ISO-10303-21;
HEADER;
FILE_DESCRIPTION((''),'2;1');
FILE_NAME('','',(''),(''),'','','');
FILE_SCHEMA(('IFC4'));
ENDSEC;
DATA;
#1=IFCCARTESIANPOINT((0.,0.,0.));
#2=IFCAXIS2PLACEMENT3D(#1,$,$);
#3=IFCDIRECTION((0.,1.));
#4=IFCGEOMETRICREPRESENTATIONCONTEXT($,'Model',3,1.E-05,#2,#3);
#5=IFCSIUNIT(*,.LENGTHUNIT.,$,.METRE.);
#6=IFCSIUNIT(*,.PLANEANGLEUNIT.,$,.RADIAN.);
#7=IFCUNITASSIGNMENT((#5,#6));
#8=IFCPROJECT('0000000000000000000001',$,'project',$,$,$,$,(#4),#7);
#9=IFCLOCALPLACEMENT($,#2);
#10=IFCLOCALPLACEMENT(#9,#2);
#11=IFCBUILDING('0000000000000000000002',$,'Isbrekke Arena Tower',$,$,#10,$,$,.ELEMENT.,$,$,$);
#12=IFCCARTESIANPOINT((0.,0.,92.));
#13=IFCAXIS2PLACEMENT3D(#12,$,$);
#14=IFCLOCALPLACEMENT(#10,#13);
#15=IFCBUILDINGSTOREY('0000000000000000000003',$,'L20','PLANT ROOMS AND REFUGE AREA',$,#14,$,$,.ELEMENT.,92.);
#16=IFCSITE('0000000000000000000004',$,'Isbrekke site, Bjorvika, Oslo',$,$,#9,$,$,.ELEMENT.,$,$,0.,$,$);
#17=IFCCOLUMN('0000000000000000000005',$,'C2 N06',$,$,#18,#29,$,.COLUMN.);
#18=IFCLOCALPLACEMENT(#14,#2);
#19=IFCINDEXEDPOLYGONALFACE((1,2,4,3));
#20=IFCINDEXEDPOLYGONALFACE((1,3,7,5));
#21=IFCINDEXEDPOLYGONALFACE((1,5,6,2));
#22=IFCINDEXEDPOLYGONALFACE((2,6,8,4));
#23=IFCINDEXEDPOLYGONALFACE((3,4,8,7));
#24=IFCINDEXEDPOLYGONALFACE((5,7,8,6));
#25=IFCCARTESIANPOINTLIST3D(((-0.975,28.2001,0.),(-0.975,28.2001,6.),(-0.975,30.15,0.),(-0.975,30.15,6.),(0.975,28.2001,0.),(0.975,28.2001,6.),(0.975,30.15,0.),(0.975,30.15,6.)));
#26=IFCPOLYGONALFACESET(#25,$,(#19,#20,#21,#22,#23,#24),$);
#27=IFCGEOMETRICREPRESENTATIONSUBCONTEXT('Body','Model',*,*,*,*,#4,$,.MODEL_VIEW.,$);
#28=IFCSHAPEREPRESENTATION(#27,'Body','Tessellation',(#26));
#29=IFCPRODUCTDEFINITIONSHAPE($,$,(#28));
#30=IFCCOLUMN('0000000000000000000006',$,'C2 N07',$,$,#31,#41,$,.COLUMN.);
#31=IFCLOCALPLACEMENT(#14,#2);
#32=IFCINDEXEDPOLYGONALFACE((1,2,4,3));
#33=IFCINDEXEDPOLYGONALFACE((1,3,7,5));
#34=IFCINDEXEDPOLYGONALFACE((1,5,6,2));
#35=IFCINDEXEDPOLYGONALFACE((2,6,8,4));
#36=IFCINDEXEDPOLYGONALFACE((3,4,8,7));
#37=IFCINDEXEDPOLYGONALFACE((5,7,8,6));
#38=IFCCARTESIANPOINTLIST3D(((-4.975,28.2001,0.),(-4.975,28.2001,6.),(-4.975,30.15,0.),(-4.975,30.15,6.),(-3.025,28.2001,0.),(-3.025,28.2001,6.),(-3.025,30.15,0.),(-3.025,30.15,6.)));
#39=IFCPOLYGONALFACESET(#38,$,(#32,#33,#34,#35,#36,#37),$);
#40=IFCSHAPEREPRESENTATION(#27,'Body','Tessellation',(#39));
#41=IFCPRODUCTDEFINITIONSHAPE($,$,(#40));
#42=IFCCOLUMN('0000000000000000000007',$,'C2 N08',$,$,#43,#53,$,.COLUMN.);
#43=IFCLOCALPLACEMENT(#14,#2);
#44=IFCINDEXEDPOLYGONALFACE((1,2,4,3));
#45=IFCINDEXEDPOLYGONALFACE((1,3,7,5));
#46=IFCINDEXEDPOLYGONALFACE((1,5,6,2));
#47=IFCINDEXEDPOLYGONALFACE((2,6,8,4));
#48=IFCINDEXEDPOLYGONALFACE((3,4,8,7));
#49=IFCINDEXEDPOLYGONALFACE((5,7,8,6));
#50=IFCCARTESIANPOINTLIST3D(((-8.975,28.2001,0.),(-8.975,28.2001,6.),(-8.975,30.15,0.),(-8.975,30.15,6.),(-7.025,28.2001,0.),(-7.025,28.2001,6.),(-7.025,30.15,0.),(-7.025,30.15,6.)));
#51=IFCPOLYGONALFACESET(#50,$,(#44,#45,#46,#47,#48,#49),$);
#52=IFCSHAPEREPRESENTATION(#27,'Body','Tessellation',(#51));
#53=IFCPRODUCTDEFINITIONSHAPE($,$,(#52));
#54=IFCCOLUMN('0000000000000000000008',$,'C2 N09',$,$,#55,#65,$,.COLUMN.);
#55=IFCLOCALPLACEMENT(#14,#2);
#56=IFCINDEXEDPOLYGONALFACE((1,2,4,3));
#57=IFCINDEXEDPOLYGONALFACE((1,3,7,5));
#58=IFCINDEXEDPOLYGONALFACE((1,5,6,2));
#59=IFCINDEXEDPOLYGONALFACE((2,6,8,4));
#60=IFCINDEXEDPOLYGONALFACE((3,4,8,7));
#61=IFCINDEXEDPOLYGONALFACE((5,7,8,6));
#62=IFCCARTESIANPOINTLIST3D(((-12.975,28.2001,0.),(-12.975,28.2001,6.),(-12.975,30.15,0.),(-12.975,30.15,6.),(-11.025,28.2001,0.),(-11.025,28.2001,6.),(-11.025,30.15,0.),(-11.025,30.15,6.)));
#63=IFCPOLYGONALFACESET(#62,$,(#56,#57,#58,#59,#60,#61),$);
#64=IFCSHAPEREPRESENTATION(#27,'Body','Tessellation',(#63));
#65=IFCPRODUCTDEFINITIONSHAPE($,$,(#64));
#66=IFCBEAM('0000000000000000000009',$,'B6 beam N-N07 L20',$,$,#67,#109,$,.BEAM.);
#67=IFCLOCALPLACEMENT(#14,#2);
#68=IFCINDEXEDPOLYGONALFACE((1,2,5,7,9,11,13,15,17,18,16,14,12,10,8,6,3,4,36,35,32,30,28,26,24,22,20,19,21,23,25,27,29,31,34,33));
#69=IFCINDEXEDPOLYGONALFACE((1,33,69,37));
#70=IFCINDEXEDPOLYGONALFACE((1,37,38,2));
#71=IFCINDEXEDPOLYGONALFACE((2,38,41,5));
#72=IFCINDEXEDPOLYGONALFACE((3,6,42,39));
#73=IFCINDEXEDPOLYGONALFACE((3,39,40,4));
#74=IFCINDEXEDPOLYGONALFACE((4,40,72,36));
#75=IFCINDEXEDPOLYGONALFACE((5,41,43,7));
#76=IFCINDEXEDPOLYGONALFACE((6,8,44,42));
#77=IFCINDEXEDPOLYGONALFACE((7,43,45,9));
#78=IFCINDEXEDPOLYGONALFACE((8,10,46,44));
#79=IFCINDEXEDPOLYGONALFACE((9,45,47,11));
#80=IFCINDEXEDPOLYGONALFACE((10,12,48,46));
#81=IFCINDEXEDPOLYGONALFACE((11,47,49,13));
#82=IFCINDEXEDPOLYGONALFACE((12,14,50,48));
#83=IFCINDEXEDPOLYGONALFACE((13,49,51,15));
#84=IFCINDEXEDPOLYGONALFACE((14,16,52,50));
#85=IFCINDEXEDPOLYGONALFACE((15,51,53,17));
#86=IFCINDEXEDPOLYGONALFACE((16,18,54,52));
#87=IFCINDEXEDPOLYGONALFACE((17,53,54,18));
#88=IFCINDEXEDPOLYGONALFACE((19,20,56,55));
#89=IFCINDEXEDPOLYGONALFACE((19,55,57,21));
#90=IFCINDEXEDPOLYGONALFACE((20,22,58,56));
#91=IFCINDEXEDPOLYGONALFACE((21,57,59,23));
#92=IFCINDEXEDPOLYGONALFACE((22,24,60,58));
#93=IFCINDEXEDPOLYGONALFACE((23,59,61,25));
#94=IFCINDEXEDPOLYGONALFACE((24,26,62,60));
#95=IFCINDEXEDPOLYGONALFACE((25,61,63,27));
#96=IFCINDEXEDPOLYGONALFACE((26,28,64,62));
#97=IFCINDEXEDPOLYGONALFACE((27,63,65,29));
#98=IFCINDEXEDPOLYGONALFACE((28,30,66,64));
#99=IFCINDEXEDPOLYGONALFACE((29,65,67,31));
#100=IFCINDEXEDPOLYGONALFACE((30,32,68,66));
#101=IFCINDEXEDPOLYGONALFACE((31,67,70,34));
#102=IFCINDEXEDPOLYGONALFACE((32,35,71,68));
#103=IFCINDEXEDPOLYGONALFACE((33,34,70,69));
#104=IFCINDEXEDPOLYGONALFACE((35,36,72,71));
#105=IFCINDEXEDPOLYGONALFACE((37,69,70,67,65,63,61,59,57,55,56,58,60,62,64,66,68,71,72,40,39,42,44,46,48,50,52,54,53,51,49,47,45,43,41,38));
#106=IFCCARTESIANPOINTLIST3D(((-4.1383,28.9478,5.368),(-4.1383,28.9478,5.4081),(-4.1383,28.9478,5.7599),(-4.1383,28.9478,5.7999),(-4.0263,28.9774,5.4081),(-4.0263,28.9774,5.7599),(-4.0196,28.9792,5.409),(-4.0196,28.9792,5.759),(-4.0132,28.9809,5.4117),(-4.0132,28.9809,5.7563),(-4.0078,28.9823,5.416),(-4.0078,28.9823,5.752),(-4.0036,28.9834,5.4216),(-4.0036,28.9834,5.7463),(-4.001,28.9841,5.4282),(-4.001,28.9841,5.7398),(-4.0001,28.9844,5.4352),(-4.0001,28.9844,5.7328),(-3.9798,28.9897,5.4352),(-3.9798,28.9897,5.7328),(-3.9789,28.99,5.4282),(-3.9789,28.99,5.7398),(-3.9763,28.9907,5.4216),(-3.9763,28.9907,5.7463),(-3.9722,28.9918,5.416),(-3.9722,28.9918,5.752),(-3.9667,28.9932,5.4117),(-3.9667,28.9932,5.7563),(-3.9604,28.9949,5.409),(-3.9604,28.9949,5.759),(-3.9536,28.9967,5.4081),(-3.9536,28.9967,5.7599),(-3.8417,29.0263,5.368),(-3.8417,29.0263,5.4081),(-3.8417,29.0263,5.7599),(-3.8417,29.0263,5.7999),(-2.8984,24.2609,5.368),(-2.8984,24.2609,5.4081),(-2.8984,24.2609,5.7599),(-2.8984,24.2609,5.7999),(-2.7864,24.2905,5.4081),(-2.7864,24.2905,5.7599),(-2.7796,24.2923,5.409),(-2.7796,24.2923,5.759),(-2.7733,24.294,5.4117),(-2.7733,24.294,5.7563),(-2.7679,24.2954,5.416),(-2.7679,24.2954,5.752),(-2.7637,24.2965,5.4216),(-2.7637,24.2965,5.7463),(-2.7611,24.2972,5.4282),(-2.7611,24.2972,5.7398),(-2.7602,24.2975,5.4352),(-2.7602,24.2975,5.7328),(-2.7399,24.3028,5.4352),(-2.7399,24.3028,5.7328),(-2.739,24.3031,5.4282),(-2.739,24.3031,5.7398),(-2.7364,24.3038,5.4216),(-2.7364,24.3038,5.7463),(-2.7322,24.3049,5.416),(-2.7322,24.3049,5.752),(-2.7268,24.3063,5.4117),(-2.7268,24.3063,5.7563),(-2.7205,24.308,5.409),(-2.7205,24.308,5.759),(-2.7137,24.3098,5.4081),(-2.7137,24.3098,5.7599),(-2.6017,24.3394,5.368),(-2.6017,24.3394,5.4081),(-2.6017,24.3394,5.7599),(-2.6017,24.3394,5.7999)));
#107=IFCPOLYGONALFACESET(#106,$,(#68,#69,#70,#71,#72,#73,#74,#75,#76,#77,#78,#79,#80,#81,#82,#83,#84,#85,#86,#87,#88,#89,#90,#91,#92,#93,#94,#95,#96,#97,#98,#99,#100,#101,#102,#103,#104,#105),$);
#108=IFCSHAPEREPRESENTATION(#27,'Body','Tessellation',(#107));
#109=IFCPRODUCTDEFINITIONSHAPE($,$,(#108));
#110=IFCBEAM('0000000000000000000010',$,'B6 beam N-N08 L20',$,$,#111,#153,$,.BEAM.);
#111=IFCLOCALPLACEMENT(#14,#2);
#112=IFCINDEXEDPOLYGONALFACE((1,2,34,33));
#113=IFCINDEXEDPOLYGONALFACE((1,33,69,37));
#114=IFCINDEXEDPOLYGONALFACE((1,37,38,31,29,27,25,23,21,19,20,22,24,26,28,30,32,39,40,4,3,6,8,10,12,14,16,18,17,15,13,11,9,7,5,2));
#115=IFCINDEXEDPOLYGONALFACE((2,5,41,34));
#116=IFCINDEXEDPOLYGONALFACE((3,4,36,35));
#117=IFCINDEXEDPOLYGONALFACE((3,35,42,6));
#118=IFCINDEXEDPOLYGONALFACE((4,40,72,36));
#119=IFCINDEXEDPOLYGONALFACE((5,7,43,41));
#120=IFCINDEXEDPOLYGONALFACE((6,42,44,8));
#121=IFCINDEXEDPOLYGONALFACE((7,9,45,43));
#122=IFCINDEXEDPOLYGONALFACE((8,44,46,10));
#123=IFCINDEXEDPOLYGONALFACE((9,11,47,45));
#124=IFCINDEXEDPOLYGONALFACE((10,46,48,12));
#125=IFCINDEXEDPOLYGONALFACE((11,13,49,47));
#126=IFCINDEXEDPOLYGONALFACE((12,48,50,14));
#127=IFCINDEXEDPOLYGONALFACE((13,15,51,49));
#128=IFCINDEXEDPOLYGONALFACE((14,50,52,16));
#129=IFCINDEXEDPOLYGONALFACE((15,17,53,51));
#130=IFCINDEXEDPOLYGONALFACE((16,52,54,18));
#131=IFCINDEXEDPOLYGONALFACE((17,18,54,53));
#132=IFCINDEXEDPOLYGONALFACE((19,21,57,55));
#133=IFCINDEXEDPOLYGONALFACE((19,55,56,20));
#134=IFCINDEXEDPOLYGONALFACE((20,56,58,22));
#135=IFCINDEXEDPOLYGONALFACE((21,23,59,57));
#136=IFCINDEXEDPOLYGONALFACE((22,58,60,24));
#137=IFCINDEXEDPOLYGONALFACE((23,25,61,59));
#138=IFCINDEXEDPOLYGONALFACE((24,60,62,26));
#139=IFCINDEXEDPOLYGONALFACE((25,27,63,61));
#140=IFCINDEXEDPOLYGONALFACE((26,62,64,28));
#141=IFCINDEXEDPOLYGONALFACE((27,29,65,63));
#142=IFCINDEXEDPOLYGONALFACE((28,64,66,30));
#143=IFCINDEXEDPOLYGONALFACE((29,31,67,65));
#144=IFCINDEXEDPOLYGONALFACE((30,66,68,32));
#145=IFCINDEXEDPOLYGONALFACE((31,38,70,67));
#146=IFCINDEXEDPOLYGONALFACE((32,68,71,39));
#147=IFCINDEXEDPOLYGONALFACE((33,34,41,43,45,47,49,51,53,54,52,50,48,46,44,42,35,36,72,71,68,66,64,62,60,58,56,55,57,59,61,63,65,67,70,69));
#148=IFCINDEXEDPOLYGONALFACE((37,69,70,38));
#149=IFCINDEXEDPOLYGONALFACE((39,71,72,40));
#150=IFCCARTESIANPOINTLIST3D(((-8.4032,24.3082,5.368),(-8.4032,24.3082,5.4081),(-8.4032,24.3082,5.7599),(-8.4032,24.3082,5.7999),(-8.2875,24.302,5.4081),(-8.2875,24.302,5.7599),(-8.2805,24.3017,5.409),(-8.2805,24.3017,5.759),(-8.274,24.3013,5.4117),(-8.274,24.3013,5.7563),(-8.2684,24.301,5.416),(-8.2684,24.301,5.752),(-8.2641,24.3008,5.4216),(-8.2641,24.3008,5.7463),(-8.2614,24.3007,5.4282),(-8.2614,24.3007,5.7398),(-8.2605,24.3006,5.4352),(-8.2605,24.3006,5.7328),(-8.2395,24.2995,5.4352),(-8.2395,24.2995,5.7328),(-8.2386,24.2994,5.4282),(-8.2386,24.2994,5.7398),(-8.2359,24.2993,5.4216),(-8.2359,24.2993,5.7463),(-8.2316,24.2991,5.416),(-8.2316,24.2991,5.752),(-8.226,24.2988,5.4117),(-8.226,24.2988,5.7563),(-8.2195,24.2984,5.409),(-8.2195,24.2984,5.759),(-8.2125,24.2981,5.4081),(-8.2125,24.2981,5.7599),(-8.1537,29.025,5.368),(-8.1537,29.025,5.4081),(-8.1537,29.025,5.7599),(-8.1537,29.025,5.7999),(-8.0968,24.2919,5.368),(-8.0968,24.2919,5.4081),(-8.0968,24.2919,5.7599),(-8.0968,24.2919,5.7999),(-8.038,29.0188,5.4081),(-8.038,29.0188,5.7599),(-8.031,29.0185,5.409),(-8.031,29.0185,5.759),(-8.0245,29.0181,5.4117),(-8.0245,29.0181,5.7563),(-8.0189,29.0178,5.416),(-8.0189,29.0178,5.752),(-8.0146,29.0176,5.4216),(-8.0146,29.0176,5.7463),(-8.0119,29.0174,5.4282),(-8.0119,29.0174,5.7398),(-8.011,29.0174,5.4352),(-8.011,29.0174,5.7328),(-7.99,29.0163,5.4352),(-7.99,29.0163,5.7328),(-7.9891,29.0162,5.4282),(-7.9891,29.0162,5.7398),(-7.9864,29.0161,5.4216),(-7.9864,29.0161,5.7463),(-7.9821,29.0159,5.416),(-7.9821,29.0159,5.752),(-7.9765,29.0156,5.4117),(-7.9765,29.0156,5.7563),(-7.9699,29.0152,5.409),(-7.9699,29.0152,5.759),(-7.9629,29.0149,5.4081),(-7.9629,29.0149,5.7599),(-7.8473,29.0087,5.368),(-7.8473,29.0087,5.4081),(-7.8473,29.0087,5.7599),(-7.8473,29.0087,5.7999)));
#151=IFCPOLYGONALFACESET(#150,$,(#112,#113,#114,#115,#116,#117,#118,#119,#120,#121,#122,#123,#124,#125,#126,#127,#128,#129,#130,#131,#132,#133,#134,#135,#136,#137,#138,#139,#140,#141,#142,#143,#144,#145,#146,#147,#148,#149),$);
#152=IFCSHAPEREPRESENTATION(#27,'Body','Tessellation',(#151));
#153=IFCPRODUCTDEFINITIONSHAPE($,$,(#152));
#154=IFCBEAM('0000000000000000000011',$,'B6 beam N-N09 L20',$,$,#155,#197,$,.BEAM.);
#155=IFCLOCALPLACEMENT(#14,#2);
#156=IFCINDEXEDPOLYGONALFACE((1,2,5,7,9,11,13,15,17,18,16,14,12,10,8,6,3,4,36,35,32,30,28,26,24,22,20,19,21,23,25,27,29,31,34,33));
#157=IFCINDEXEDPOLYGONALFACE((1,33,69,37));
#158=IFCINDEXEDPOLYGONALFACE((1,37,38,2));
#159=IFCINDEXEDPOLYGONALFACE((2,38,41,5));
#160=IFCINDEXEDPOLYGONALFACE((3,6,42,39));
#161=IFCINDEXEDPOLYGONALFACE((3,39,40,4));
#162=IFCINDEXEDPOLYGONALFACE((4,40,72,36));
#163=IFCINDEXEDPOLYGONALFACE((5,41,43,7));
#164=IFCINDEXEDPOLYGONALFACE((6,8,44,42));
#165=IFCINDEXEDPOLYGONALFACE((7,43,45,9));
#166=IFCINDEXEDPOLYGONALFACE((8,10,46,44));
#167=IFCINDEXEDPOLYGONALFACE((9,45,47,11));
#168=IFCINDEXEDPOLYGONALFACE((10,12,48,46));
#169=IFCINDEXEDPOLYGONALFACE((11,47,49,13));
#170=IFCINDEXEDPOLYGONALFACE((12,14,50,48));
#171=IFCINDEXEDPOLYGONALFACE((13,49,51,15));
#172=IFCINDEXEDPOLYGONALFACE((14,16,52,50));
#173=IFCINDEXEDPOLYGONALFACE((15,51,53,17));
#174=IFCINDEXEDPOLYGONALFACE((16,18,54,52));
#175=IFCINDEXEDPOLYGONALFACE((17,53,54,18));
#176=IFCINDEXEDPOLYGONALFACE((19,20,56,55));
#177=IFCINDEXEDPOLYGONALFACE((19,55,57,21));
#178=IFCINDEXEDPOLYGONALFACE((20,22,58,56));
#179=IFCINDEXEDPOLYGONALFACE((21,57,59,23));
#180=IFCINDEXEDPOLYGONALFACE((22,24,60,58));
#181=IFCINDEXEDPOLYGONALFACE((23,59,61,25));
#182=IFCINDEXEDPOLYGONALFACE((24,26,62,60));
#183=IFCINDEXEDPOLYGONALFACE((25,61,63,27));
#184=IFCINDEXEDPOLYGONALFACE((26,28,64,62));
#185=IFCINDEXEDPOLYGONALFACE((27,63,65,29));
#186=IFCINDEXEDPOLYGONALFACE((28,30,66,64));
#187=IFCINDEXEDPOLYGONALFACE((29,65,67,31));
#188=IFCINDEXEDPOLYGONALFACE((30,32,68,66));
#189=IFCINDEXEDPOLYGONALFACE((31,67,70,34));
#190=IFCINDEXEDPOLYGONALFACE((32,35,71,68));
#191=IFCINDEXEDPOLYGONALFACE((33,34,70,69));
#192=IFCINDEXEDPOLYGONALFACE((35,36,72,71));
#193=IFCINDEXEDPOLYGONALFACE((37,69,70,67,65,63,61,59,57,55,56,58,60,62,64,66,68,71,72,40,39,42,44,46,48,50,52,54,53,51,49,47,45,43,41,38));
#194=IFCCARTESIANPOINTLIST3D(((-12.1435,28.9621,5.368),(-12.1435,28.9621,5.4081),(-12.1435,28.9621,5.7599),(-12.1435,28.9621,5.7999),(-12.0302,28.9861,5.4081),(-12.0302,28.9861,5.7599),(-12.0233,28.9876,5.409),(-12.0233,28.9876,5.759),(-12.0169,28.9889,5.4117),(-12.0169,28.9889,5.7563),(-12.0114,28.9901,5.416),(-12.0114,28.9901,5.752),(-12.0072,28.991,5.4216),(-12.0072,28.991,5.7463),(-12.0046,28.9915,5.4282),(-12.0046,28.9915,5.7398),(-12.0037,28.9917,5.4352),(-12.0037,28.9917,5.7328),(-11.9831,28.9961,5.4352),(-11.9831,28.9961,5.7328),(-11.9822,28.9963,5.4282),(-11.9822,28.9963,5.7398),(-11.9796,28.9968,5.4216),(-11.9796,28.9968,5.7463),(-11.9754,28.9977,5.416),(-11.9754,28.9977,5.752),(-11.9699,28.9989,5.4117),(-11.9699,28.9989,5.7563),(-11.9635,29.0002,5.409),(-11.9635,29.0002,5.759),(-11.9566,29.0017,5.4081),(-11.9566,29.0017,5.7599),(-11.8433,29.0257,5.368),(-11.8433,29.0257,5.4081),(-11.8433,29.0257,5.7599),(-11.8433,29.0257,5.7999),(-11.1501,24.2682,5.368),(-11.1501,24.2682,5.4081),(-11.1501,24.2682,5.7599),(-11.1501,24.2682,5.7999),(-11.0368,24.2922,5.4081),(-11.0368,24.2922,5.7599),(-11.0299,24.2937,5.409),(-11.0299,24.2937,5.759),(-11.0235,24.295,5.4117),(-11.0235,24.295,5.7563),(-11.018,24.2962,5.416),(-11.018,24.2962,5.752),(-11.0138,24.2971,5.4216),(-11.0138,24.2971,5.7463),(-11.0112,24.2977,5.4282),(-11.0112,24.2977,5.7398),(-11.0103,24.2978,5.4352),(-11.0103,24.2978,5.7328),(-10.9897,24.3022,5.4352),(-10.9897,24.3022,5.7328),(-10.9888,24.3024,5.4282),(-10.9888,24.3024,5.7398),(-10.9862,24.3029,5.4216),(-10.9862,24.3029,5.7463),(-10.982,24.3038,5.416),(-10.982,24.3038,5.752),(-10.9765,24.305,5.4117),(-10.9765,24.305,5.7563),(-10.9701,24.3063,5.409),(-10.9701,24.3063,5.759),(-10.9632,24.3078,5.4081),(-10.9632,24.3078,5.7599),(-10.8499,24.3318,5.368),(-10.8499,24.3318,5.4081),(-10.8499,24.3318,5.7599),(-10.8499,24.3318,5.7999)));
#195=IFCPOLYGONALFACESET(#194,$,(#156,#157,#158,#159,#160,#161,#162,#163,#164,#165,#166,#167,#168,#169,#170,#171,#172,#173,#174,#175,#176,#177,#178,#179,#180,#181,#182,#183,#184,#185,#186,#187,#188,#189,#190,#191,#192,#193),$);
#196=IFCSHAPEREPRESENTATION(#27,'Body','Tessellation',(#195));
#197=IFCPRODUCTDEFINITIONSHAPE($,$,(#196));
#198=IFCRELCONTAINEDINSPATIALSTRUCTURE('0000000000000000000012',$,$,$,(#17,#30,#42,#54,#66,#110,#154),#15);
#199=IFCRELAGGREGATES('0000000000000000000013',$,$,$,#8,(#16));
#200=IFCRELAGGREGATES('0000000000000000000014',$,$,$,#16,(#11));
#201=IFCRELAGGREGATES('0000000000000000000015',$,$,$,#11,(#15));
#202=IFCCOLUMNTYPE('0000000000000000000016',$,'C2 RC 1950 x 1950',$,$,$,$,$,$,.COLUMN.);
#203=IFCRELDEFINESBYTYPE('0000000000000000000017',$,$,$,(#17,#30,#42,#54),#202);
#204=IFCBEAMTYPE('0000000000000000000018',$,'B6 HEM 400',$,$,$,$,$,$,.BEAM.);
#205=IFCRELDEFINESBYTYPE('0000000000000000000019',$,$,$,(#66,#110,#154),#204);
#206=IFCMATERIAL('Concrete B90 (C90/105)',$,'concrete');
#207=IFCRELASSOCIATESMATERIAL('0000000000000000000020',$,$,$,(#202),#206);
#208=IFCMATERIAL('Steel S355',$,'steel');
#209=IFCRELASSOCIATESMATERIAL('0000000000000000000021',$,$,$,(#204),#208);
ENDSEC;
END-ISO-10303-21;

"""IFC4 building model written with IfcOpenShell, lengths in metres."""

from ifc_helpers import new_model, si_unit, direction, frame, origin, origin_2d, place, context, subcontext, project, spatial, rectangle, i_section, extrude, material, material_profile, profile_set, type_object, element, save


model = new_model("IFC4")

# Units and contexts
model_context = context("Model", 3, precision=1e-05, world=origin(), true_north=direction((0.0, 1.0)))
body_context = subcontext(model_context, "Body", "Model", "MODEL_VIEW")
ifc_project = project(units=[si_unit("LENGTHUNIT", "METRE"), si_unit("PLANEANGLEUNIT", "RADIAN")], contexts=[model_context])

# Site, building, storey
site_placement = place(None, origin())
site = spatial("IfcSite", under=ifc_project, at=site_placement, Name="Isbrekke site, Bjorvika, Oslo", CompositionType="ELEMENT", RefElevation=0.0)
building_placement = place(site_placement, origin())
building = spatial("IfcBuilding", under=site, at=building_placement, Name="Isbrekke Arena Tower", CompositionType="ELEMENT")
storey_placement = place(building_placement, frame((0.0, 0.0, 92.0)))
storey = spatial("IfcBuildingStorey", under=building, at=storey_placement, Name="L20", Description="PLANT ROOMS AND REFUGE AREA", CompositionType="ELEMENT", Elevation=92.0)

# Columns
ifc_material_1 = material(Name="Concrete B90 (C90/105)", Category="concrete")
ifc_material_profile_1 = material_profile(ifc_material_1, rectangle(XDim=1.95, YDim=1.95, at=origin_2d()), Name="RC 1950x1950")
ifc_profile_set_1 = profile_set([ifc_material_profile_1], Name="Concrete B90 (C90/105)")
column_type = type_object("IfcColumnType", Name="C2 RC 1950 x 1950", PredefinedType="COLUMN", material=ifc_profile_set_1)
for number, where, z_axis, x_axis, name in (
    (1, (0.0, 29.175, 0.0), (0.0, 0.0, 1.0), (-1.0, 0.0, 0.0), "C2 N06"),
    (2, (-4.0, 29.175, 0.0), (0.0, 0.0, 1.0), (-1.0, 0.0, 0.0), "C2 N07"),
    (3, (-8.0, 29.175, 0.0), (0.0, 0.0, 1.0), (-1.0, 0.0, 0.0), "C2 N08"),
    (4, (-12.0, 29.175, 0.0), (0.0, 0.0, 1.0), (-1.0, 0.0, 0.0), "C2 N09"),
):
    element("IfcColumn", number, at=place(storey_placement, frame(where, z_axis=z_axis, x_axis=x_axis)), inside=storey, type_object=column_type, Name=name, PredefinedType="COLUMN", context=body_context, shape_type="SweptSolid", body=[
        extrude(rectangle(XDim=1.95, YDim=1.95, at=origin_2d()), origin(), (0.0, 0.0, 1.0), 6.0),
    ])

# Beams
ifc_material_2 = material(Name="Steel S355", Category="steel")
ifc_material_profile_2 = material_profile(ifc_material_2, i_section(OverallWidth=0.3069, OverallDepth=0.4319, WebThickness=0.021, FlangeThickness=0.04, FilletRadius=0.0271, at=origin_2d()), Name="HEM 400")
ifc_profile_set_2 = profile_set([ifc_material_profile_2], Name="Steel S355")
beam_type_1 = type_object("IfcBeamType", Name="B6 HEM 400", PredefinedType="BEAM", material=ifc_profile_set_2)
beam_1_placement = place(storey_placement, frame((-3.99, 28.9871, 5.584), z_axis=(0.25576, -0.96674, 0.0), x_axis=(0.96674, 0.25576, 0.0)))
element("IfcBeam", 5, at=beam_1_placement, inside=storey, type_object=beam_type_1, Name="B6 beam N-N07 L20", PredefinedType="BEAM", context=body_context, shape_type="SweptSolid", body=[
    extrude(i_section(OverallWidth=0.3069, OverallDepth=0.4319, WebThickness=0.021, FlangeThickness=0.04, FilletRadius=0.0271, at=origin_2d()), origin(), (0.0, 0.0, 1.0), 4.8481),
])
beam_2_placement = place(storey_placement, frame((-8.0005, 29.0168, 5.584), z_axis=(-0.052825, -0.998604, 0.0), x_axis=(0.998604, -0.052825, 0.0)))
element("IfcBeam", 6, at=beam_2_placement, inside=storey, type_object=beam_type_1, Name="B6 beam N-N08 L20", PredefinedType="BEAM", context=body_context, shape_type="SweptSolid", body=[
    extrude(i_section(OverallWidth=0.3069, OverallDepth=0.4319, WebThickness=0.021, FlangeThickness=0.04, FilletRadius=0.0271, at=origin_2d()), origin(), (0.0, 0.0, 1.0), 4.7234),
])
beam_3_placement = place(storey_placement, frame((-11.9934, 28.9939, 5.584), z_axis=(0.207054, -0.978329, 0.0), x_axis=(0.978329, 0.207054, 0.0)))
element("IfcBeam", 7, at=beam_3_placement, inside=storey, type_object=beam_type_1, Name="B6 beam N-N09 L20", PredefinedType="BEAM", context=body_context, shape_type="SweptSolid", body=[
    extrude(i_section(OverallWidth=0.3069, OverallDepth=0.4319, WebThickness=0.021, FlangeThickness=0.04, FilletRadius=0.0271, at=origin_2d()), origin(), (0.0, 0.0, 1.0), 4.7979),
])

save(model, "model.ifc")
